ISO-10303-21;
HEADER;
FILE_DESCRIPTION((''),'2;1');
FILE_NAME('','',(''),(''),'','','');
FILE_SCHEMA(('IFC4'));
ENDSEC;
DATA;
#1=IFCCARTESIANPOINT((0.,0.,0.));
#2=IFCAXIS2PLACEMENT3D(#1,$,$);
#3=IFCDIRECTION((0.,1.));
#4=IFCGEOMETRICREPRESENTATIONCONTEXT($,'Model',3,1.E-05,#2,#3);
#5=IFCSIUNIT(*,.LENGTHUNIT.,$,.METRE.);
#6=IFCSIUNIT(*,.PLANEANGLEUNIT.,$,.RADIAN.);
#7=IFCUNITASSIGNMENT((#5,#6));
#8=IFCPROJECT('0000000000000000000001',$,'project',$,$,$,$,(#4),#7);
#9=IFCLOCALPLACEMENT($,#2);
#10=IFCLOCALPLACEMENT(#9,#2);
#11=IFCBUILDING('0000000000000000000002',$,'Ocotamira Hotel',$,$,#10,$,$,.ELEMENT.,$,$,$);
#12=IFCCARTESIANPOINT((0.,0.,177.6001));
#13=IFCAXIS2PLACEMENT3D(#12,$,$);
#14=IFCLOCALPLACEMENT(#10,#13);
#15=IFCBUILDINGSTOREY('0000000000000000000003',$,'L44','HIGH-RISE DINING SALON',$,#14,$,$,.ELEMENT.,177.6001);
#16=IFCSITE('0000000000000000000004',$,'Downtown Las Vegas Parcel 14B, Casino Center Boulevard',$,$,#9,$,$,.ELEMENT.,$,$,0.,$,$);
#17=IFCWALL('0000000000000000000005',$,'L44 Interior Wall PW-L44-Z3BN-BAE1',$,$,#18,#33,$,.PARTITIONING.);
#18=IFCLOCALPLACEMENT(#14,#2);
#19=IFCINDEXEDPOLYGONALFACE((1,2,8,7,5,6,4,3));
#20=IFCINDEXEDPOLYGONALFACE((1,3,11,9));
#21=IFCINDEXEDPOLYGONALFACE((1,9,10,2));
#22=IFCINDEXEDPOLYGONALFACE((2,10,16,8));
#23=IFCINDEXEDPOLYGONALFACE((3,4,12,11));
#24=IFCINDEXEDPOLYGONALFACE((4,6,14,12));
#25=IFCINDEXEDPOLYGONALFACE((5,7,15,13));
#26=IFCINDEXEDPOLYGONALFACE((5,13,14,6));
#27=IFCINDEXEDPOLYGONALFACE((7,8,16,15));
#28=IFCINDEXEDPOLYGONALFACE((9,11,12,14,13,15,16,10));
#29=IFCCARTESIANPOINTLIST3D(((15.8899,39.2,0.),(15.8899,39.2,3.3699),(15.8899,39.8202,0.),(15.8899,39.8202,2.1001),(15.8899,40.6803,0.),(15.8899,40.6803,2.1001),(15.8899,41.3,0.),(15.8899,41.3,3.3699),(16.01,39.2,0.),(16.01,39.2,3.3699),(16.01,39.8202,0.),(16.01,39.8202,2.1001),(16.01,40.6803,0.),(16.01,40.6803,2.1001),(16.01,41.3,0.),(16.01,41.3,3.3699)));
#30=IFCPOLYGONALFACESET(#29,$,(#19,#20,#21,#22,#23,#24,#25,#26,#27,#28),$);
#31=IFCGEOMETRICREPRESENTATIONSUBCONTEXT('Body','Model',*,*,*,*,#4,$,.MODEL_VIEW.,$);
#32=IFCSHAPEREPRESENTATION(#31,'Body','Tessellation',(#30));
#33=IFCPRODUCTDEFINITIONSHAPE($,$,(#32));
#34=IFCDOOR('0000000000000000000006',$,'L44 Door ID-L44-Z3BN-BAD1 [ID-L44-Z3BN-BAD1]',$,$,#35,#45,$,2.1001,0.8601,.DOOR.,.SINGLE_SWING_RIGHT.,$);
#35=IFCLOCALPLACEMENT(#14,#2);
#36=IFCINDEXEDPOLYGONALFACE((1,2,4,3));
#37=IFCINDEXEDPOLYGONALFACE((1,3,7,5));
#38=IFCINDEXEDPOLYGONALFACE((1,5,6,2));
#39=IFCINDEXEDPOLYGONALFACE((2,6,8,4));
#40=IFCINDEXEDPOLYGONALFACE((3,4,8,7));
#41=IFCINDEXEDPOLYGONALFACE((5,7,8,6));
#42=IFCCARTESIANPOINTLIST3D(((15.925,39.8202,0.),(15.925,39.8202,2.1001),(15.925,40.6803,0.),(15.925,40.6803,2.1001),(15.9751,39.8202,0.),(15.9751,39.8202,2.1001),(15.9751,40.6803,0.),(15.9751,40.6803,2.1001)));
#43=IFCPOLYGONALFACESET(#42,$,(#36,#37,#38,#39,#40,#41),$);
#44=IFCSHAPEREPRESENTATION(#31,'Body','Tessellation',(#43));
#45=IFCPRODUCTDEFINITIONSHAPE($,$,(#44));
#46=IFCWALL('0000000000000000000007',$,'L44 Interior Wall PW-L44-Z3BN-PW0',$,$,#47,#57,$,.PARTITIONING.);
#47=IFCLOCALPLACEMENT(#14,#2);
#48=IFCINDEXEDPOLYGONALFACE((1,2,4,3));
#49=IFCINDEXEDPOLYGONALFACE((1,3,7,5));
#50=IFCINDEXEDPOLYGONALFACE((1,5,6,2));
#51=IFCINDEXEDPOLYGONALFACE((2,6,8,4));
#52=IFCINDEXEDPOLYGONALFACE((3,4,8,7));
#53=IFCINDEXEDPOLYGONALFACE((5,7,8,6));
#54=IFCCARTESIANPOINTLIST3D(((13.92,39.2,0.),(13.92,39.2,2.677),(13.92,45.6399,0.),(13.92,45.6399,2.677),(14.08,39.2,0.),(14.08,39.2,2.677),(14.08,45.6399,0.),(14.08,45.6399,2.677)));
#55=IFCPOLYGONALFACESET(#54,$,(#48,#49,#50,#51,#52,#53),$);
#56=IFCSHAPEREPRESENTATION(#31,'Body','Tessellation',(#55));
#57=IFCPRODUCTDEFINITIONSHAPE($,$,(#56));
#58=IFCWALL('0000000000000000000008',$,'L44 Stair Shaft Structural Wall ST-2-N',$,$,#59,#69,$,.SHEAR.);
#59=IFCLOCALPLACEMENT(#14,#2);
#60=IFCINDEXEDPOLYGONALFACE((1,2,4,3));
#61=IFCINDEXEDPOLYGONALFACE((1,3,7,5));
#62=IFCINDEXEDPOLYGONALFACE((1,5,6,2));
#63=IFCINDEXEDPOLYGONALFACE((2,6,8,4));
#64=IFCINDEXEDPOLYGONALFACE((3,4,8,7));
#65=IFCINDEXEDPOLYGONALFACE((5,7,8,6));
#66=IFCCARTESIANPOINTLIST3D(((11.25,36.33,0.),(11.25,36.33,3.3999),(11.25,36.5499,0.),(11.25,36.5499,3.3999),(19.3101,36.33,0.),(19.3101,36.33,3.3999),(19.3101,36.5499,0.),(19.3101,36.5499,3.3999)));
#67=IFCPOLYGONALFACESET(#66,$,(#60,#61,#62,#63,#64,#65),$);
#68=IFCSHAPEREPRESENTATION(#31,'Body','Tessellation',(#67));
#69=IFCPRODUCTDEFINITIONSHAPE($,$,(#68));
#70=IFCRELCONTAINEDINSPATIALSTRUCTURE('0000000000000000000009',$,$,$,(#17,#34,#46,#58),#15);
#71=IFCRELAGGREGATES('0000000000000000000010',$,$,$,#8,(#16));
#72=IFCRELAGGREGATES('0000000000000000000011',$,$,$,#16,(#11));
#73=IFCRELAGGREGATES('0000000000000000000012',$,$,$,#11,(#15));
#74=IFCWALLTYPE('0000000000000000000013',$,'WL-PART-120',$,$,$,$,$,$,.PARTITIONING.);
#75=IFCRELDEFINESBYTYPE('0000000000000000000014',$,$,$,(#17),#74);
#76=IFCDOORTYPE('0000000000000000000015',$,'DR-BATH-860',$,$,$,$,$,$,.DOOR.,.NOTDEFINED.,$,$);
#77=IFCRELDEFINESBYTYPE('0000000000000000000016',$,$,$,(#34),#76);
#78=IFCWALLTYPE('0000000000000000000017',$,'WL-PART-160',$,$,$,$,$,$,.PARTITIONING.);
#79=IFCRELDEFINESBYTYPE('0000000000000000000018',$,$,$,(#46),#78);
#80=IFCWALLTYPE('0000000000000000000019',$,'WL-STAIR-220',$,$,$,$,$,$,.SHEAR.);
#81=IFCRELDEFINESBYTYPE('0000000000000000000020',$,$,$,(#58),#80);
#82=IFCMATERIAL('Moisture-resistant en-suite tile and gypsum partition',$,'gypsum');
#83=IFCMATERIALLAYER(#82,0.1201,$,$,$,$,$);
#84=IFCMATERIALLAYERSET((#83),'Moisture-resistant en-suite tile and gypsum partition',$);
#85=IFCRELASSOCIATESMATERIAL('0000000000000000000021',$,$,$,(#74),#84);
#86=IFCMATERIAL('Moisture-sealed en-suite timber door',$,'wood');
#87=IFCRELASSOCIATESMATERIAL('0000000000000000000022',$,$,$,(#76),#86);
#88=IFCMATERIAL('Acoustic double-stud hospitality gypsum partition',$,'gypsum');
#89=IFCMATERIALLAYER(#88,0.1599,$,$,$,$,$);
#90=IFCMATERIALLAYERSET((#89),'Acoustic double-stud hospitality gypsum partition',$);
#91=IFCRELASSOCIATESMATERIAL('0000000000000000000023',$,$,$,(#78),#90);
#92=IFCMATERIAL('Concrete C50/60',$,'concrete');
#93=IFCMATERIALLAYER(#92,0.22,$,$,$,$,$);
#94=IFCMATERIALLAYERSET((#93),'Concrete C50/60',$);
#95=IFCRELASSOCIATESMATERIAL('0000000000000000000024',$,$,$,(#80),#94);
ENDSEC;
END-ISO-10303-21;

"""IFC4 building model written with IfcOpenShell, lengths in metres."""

from ifc_helpers import new_model, si_unit, direction, frame, frame_2d, origin, place, context, subcontext, project, spatial, rectangle, extrude, source, transform, mapped, material, layer, layer_set, type_object, element, fill, save


model = new_model("IFC4")

# Units and contexts
model_context = context("Model", 3, precision=1e-05, world=origin(), true_north=direction((0.0, 1.0)))
body_context = subcontext(model_context, "Body", "Model", "MODEL_VIEW")
ifc_project = project(units=[si_unit("LENGTHUNIT", "METRE"), si_unit("PLANEANGLEUNIT", "RADIAN")], contexts=[model_context])

# Site, building, storey
site_placement = place(None, origin())
site = spatial("IfcSite", under=ifc_project, at=site_placement, Name="Downtown Las Vegas Parcel 14B, Casino Center Boulevard", CompositionType="ELEMENT", RefElevation=0.0)
building_placement = place(site_placement, origin())
building = spatial("IfcBuilding", under=site, at=building_placement, Name="Ocotamira Hotel", CompositionType="ELEMENT")
storey_placement = place(building_placement, frame((0.0, 0.0, 177.6001)))
storey = spatial("IfcBuildingStorey", under=building, at=storey_placement, Name="L44", Description="HIGH-RISE DINING SALON", CompositionType="ELEMENT", Elevation=177.6001)

# Shared definitions
ifc_material_1 = material(Name="Concrete C50/60", Category="concrete")

# Wall, opening, door
ifc_material_2 = material(Name="Moisture-resistant en-suite tile and gypsum partition", Category="gypsum")
ifc_layer_1 = layer(ifc_material_2, 0.1201)
ifc_layer_set_1 = layer_set([ifc_layer_1], Name="Moisture-resistant en-suite tile and gypsum partition")
wall_type_1 = type_object("IfcWallType", Name="WL-PART-120", PredefinedType="PARTITIONING", material=ifc_layer_set_1)
wall_1_placement = place(storey_placement, frame((15.95, 39.2, 0.0), z_axis=(0.0, 0.0, 1.0), x_axis=(0.0, 1.0, 0.0)))
wall_1 = element("IfcWall", 1, at=wall_1_placement, inside=storey, type_object=wall_type_1, Name="L44 Interior Wall PW-L44-Z3BN-BAE1", PredefinedType="PARTITIONING", context=body_context, shape_type="SweptSolid", body=[
    extrude(rectangle(XDim=2.1001, YDim=0.1201, at=frame_2d((1.05, 0.0))), origin(), (0.0, 0.0, 1.0), 3.3699),
])
opening_1_placement = place(wall_1_placement, frame((0.6201, 0.0, 0.0)))
opening_1 = element("IfcOpeningElement", 2, at=opening_1_placement, cuts=wall_1, PredefinedType="OPENING", context=body_context, shape_type="SweptSolid", body=[
    extrude(rectangle(XDim=0.8601, YDim=2.1001, at=frame_2d((0.4302, 1.05))), frame((0.0, 0.0701, 0.0), z_axis=(0.0, -1.0, 0.0), x_axis=(1.0, 0.0, 0.0)), (0.0, 0.0, 1.0), 0.1401),
])
ifc_material_3 = material(Name="Moisture-sealed en-suite timber door", Category="wood")
door_type_1 = type_object("IfcDoorType", Name="DR-BATH-860", OperationType="NOTDEFINED", PredefinedType="DOOR", material=ifc_material_3)
shared_shape_1 = source(origin(), body_context, "Body", "SweptSolid", [
    extrude(rectangle(XDim=0.8601, YDim=2.1001, at=frame_2d((0.4302, 1.05))), frame((0.0, 0.0249, 0.0), z_axis=(0.0, -1.0, 0.0), x_axis=(1.0, 0.0, 0.0)), (0.0, 0.0, 1.0), 0.05),
])
door_1_placement = place(opening_1_placement, origin())
door_1 = element("IfcDoor", 3, at=door_1_placement, inside=storey, type_object=door_type_1, Name="L44 Door ID-L44-Z3BN-BAD1 [ID-L44-Z3BN-BAD1]", OperationType="SINGLE_SWING_RIGHT", OverallHeight=2.1001, OverallWidth=0.8601, PredefinedType="DOOR", context=body_context, shape_type="MappedRepresentation", body=[
    mapped(shared_shape_1, transform((0.0, 0.0, 0.0), scale=1.0)),
])
fill(opening_1, door_1)

# Walls
ifc_material_4 = material(Name="Acoustic double-stud hospitality gypsum partition", Category="gypsum")
ifc_layer_2 = layer(ifc_material_4, 0.1599)
ifc_layer_set_2 = layer_set([ifc_layer_2], Name="Acoustic double-stud hospitality gypsum partition")
wall_type_2 = type_object("IfcWallType", Name="WL-PART-160", PredefinedType="PARTITIONING", material=ifc_layer_set_2)
wall_2_placement = place(storey_placement, frame((14.0, 39.2, 0.0), z_axis=(0.0, 0.0, 1.0), x_axis=(0.0, 1.0, 0.0)))
element("IfcWall", 4, at=wall_2_placement, inside=storey, type_object=wall_type_2, Name="L44 Interior Wall PW-L44-Z3BN-PW0", PredefinedType="PARTITIONING", context=body_context, shape_type="SweptSolid", body=[
    extrude(rectangle(XDim=6.4399, YDim=0.1599, at=frame_2d((3.22, 0.0))), origin(), (0.0, 0.0, 1.0), 2.677),
])
ifc_layer_3 = layer(ifc_material_1, 0.22)
ifc_layer_set_3 = layer_set([ifc_layer_3], Name="Concrete C50/60")
wall_type_3 = type_object("IfcWallType", Name="WL-STAIR-220", PredefinedType="SHEAR", material=ifc_layer_set_3)
wall_3_placement = place(storey_placement, frame((11.25, 36.4399, 0.0), z_axis=(0.0, 0.0, 1.0), x_axis=(1.0, 0.0, 0.0)))
element("IfcWall", 5, at=wall_3_placement, inside=storey, type_object=wall_type_3, Name="L44 Stair Shaft Structural Wall ST-2-N", PredefinedType="SHEAR", context=body_context, shape_type="SweptSolid", body=[
    extrude(rectangle(XDim=8.0601, YDim=0.22, at=frame_2d((4.03, 0.0))), origin(), (0.0, 0.0, 1.0), 3.3999),
])

save(model, "model.ifc")
